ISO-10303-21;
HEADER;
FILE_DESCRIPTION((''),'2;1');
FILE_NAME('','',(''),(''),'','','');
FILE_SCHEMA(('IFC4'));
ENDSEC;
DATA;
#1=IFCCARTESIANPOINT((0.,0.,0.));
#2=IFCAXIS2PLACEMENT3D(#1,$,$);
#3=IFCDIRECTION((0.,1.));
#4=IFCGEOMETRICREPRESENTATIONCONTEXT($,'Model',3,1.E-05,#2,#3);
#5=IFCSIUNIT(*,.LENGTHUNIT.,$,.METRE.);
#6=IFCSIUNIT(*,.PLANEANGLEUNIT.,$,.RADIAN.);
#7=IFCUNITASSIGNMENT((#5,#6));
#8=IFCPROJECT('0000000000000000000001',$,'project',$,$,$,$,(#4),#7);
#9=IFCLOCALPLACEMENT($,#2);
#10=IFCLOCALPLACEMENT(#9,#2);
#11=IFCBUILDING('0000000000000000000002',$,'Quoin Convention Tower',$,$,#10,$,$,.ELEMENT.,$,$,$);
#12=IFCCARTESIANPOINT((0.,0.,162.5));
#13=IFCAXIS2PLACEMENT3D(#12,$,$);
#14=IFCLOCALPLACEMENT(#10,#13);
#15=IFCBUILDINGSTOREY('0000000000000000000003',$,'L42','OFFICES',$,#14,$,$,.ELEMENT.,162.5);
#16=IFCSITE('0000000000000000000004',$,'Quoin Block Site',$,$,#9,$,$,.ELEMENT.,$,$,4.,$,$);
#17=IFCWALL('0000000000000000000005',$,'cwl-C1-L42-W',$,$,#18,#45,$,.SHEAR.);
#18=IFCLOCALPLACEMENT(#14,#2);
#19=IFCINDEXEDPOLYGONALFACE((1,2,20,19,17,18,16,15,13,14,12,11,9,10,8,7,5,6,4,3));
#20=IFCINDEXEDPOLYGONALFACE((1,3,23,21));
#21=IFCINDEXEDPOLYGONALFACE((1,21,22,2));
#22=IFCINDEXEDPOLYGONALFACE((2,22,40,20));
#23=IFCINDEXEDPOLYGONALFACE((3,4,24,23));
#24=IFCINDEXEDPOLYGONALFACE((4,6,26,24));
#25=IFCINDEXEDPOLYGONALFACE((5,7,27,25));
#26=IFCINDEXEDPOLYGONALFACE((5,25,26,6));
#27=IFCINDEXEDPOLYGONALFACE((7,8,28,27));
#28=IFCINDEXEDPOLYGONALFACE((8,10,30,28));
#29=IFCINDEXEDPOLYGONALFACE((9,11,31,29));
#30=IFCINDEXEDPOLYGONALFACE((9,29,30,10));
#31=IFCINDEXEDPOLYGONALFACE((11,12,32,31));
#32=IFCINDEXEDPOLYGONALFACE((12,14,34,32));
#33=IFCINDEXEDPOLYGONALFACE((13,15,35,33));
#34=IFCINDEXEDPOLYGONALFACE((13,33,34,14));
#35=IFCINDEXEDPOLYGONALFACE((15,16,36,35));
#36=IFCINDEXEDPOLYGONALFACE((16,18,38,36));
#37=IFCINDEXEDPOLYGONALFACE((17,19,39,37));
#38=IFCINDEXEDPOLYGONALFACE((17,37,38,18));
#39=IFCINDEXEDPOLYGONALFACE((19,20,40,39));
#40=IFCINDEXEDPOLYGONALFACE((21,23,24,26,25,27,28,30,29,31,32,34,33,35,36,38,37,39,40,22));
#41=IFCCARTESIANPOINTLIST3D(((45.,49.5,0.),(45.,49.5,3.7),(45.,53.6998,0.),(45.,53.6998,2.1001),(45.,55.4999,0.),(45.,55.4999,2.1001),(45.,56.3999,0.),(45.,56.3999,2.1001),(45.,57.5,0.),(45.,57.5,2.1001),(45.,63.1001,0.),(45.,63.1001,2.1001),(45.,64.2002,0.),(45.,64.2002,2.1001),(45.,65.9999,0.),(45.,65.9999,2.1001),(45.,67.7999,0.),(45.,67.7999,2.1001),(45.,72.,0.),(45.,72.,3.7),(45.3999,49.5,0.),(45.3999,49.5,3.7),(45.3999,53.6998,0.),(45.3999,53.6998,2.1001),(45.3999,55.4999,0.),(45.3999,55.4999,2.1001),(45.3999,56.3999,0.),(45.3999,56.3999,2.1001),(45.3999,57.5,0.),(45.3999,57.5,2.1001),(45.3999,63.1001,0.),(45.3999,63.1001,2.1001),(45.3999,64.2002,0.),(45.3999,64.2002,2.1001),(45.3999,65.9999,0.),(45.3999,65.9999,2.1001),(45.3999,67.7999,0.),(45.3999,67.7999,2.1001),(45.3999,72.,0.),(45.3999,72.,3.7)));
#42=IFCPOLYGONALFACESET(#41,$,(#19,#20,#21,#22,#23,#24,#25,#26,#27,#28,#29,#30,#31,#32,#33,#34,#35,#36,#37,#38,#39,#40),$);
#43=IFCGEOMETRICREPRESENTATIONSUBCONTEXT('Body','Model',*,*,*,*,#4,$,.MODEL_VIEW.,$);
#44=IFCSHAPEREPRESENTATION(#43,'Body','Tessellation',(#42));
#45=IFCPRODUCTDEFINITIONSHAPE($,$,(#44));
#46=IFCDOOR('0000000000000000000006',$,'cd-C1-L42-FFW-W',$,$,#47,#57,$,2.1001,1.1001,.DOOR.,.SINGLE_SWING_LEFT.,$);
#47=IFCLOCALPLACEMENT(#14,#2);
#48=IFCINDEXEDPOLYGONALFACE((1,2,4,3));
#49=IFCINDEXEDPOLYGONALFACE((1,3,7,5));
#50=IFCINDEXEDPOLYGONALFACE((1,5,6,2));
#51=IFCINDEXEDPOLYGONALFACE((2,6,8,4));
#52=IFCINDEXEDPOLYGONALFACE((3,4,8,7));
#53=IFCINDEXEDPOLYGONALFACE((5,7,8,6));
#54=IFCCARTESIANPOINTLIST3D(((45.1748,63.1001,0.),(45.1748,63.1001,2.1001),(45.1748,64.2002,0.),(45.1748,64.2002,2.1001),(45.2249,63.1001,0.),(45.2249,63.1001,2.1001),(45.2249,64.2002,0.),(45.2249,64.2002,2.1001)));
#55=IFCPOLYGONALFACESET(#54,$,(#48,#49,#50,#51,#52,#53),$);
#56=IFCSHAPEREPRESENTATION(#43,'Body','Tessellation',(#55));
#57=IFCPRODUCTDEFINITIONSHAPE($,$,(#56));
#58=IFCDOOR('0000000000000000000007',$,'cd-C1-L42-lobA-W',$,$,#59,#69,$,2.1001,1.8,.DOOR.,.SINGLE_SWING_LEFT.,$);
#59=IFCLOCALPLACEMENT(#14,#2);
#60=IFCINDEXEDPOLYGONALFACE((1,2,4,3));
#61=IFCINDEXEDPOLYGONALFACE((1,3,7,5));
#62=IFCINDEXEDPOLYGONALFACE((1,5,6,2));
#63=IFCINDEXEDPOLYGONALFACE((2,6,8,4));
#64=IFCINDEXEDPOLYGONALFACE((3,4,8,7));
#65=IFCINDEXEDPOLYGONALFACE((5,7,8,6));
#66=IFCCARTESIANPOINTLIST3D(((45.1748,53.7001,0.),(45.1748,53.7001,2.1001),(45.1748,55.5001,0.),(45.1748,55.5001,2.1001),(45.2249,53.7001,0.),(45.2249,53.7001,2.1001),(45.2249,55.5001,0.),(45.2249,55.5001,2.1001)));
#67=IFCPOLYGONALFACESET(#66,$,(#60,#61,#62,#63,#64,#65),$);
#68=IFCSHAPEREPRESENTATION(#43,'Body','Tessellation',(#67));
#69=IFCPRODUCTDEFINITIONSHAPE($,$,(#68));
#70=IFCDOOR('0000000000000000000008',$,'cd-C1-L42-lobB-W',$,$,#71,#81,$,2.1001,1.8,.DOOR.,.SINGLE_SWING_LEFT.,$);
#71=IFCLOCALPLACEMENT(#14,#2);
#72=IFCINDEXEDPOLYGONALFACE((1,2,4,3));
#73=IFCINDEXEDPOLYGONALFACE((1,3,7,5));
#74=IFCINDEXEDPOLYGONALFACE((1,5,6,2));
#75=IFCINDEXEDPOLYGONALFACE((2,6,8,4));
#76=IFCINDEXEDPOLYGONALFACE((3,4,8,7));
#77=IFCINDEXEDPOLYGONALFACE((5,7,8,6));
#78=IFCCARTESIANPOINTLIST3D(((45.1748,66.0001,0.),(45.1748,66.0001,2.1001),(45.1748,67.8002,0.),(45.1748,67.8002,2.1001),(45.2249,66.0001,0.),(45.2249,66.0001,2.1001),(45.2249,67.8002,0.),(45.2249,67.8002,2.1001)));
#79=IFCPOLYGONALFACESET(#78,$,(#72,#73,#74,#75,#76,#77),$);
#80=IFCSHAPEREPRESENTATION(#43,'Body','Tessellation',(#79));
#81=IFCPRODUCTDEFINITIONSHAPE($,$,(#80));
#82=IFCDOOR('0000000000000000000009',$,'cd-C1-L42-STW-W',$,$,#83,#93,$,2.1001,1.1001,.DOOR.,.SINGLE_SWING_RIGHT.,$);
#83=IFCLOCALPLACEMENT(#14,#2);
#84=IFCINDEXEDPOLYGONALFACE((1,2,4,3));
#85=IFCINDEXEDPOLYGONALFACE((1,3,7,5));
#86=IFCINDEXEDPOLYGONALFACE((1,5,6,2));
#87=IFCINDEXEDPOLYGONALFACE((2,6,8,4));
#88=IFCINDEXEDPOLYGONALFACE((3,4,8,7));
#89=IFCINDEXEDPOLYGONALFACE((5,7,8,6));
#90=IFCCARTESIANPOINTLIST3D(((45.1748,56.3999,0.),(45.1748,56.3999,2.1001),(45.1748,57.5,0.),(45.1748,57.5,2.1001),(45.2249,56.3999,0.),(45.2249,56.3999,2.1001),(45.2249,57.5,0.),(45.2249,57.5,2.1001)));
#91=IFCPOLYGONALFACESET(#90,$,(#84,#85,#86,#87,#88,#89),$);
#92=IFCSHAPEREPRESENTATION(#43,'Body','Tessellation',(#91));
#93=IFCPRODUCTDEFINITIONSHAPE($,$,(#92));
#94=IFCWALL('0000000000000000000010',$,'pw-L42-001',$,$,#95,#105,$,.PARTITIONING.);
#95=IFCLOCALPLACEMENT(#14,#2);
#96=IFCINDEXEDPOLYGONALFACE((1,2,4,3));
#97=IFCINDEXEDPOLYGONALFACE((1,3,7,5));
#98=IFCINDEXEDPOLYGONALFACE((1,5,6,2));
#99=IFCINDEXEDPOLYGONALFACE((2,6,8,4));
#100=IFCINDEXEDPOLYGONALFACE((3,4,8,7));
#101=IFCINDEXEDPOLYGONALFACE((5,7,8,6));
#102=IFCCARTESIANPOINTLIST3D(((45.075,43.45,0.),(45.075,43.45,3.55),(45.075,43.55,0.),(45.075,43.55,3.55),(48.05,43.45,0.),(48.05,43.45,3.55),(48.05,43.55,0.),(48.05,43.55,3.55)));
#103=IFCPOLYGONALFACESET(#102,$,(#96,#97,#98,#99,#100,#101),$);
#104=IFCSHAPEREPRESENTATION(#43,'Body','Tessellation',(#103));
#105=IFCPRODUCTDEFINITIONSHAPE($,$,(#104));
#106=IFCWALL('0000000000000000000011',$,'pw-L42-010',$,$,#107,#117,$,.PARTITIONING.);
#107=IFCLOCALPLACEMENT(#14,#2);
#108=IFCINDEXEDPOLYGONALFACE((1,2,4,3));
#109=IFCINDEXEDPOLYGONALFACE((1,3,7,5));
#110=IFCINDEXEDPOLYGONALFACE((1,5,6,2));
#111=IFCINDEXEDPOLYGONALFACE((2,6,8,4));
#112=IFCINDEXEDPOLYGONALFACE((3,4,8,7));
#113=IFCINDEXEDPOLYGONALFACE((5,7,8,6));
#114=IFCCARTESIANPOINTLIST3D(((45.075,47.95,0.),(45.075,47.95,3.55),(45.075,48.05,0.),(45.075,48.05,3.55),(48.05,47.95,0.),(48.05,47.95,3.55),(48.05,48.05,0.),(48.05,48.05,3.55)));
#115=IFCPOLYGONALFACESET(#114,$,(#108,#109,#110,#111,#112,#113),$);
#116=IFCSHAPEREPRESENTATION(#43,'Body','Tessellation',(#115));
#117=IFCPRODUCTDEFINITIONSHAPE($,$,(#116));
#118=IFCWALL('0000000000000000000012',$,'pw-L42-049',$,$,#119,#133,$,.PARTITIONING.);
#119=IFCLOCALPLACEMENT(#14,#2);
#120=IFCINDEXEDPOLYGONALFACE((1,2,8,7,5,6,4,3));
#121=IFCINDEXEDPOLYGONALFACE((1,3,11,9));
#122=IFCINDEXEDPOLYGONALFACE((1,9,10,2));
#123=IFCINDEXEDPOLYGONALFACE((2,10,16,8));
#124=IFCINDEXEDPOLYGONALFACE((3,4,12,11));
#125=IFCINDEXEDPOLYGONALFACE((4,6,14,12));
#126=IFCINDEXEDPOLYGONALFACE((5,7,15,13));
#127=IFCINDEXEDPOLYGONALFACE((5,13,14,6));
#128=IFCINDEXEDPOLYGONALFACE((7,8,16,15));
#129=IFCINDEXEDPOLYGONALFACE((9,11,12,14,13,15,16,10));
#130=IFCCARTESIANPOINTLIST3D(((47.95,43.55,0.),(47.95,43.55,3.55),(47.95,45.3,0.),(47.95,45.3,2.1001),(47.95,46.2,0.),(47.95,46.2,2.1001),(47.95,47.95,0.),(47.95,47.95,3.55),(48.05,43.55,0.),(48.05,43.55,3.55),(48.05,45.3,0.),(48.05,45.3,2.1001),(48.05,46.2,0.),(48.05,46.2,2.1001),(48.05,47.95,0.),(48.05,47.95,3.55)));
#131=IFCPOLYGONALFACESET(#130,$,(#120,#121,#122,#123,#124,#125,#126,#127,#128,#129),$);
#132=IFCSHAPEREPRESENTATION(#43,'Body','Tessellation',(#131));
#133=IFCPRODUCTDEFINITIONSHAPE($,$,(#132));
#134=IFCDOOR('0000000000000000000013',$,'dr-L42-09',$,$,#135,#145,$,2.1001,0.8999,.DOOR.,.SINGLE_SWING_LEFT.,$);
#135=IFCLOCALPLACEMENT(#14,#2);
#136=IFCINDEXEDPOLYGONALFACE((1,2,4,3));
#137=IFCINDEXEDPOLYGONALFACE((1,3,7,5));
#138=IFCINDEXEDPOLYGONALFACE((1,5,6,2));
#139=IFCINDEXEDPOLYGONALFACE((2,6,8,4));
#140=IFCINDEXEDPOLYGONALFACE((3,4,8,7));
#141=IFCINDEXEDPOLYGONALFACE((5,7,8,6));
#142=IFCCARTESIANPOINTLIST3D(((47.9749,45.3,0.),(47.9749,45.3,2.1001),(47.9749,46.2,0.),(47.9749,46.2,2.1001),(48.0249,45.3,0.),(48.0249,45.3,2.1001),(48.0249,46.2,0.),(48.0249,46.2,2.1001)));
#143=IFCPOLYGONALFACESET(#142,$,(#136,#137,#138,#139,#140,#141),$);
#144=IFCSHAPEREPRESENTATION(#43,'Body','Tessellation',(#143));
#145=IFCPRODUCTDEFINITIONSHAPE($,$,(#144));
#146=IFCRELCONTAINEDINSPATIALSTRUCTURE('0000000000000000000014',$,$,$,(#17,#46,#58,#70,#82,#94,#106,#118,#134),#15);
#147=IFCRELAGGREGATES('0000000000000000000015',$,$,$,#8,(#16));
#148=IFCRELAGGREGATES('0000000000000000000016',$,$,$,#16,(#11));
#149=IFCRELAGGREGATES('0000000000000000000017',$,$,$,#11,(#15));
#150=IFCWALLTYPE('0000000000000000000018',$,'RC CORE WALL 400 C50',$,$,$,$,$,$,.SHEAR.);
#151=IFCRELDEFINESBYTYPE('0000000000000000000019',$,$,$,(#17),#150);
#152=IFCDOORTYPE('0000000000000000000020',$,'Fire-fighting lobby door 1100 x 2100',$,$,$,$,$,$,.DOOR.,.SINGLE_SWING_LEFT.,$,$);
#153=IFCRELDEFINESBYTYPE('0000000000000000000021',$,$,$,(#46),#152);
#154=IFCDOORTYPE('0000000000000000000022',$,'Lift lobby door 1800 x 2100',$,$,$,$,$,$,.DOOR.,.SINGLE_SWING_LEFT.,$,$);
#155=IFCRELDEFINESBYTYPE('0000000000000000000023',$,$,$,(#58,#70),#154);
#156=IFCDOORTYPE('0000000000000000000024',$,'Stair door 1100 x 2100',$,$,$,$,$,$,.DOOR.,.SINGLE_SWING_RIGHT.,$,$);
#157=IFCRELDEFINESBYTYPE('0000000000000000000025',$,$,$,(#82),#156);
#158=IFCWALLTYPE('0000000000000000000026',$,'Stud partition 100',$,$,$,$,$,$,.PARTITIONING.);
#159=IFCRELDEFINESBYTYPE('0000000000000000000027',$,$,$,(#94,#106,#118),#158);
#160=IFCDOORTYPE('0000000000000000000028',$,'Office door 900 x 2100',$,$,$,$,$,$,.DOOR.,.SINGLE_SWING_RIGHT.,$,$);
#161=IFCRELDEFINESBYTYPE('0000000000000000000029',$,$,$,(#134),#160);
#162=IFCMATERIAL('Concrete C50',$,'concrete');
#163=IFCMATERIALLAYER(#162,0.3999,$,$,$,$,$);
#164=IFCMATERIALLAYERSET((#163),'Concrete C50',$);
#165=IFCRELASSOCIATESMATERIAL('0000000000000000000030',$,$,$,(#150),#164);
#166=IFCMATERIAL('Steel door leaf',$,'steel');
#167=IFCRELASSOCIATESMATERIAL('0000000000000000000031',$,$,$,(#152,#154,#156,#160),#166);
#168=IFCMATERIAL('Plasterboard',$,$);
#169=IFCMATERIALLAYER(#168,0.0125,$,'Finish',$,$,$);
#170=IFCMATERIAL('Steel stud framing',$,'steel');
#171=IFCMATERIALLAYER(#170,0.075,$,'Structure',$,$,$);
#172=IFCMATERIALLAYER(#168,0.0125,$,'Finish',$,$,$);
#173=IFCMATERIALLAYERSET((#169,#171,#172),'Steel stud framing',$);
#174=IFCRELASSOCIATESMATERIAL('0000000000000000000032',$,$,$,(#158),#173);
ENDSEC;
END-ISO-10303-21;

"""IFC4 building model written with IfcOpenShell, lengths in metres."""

from ifc_helpers import new_model, si_unit, direction, frame, frame_2d, origin, place, context, subcontext, project, spatial, rectangle, extrude, material, layer, layer_set, type_object, element, fill, save


model = new_model("IFC4")

# Units and contexts
model_context = context("Model", 3, precision=1e-05, world=origin(), true_north=direction((0.0, 1.0)))
body_context = subcontext(model_context, "Body", "Model", "MODEL_VIEW")
ifc_project = project(units=[si_unit("LENGTHUNIT", "METRE"), si_unit("PLANEANGLEUNIT", "RADIAN")], contexts=[model_context])

# Site, building, storey
site_placement = place(None, origin())
site = spatial("IfcSite", under=ifc_project, at=site_placement, Name="Quoin Block Site", CompositionType="ELEMENT", RefElevation=4.0)
building_placement = place(site_placement, origin())
building = spatial("IfcBuilding", under=site, at=building_placement, Name="Quoin Convention Tower", CompositionType="ELEMENT")
storey_placement = place(building_placement, frame((0.0, 0.0, 162.5)))
storey = spatial("IfcBuildingStorey", under=building, at=storey_placement, Name="L42", Description="OFFICES", CompositionType="ELEMENT", Elevation=162.5)

# Shared definitions
ifc_material_1 = material(Name="Plasterboard")
ifc_material_2 = material(Name="Steel stud framing", Category="steel")

# Shared definitions
ifc_material_3 = material(Name="Steel door leaf", Category="steel")

# Shared definitions
ifc_material_4 = material(Name="Concrete C50", Category="concrete")
ifc_layer_1 = layer(ifc_material_4, 0.3999)
ifc_layer_set_1 = layer_set([ifc_layer_1], Name="Concrete C50")
wall_type_1 = type_object("IfcWallType", Name="RC CORE WALL 400 C50", PredefinedType="SHEAR", material=ifc_layer_set_1)

# Wall, openings, doors
wall_1_placement = place(storey_placement, frame((45.2, 49.5, 0.0), z_axis=(0.0, 0.0, 1.0), x_axis=(0.0, 1.0, 0.0)))
wall_1 = element("IfcWall", 1, at=wall_1_placement, inside=storey, type_object=wall_type_1, Name="cwl-C1-L42-W", PredefinedType="SHEAR", context=body_context, shape_type="SweptSolid", body=[
    extrude(rectangle(XDim=22.5, YDim=0.3999, at=frame_2d((11.25, 0.0))), origin(), (0.0, 0.0, 1.0), 3.7),
])
opening_1_placement = place(wall_1_placement, frame((4.2, 0.0, 0.0)))
opening_1 = element("IfcOpeningElement", 2, at=opening_1_placement, cuts=wall_1, PredefinedType="OPENING", context=body_context, shape_type="SweptSolid", body=[
    extrude(rectangle(XDim=1.8, YDim=2.1001, at=frame_2d((0.8999, 1.05))), frame((0.0, 0.21, 0.0), z_axis=(0.0, -1.0, 0.0), x_axis=(1.0, 0.0, 0.0)), (0.0, 0.0, 1.0), 0.4199),
])
opening_2_placement = place(wall_1_placement, frame((6.8999, 0.0, 0.0)))
opening_2 = element("IfcOpeningElement", 3, at=opening_2_placement, cuts=wall_1, PredefinedType="OPENING", context=body_context, shape_type="SweptSolid", body=[
    extrude(rectangle(XDim=1.1001, YDim=2.1001, at=frame_2d((0.55, 1.05))), frame((0.0, 0.21, 0.0), z_axis=(0.0, -1.0, 0.0), x_axis=(1.0, 0.0, 0.0)), (0.0, 0.0, 1.0), 0.4199),
])
opening_3_placement = place(wall_1_placement, frame((13.6001, 0.0, 0.0)))
opening_3 = element("IfcOpeningElement", 4, at=opening_3_placement, cuts=wall_1, PredefinedType="OPENING", context=body_context, shape_type="SweptSolid", body=[
    extrude(rectangle(XDim=1.1001, YDim=2.1001, at=frame_2d((0.55, 1.05))), frame((0.0, 0.21, 0.0), z_axis=(0.0, -1.0, 0.0), x_axis=(1.0, 0.0, 0.0)), (0.0, 0.0, 1.0), 0.4199),
])
opening_4_placement = place(wall_1_placement, frame((16.5, 0.0, 0.0)))
opening_4 = element("IfcOpeningElement", 5, at=opening_4_placement, cuts=wall_1, PredefinedType="OPENING", context=body_context, shape_type="SweptSolid", body=[
    extrude(rectangle(XDim=1.8, YDim=2.1001, at=frame_2d((0.8999, 1.05))), frame((0.0, 0.21, 0.0), z_axis=(0.0, -1.0, 0.0), x_axis=(1.0, 0.0, 0.0)), (0.0, 0.0, 1.0), 0.4199),
])
door_type_1 = type_object("IfcDoorType", Name="Fire-fighting lobby door 1100 x 2100", OperationType="SINGLE_SWING_LEFT", PredefinedType="DOOR", material=ifc_material_3)
door_1_placement = place(opening_3_placement, frame((1.1001, 0.0, 0.0), z_axis=(0.0, 0.0, 1.0), x_axis=(-1.0, 0.0, 0.0)))
door_1 = element("IfcDoor", 6, at=door_1_placement, inside=storey, type_object=door_type_1, Name="cd-C1-L42-FFW-W", OperationType="SINGLE_SWING_LEFT", OverallHeight=2.1001, OverallWidth=1.1001, PredefinedType="DOOR", context=body_context, shape_type="SweptSolid", body=[
    extrude(rectangle(XDim=1.1001, YDim=2.1001, at=frame_2d((0.55, 1.05))), frame((0.0, 0.0249, 0.0), z_axis=(0.0, -1.0, 0.0), x_axis=(1.0, 0.0, 0.0)), (0.0, 0.0, 1.0), 0.05),
])
fill(opening_3, door_1)
door_type_2 = type_object("IfcDoorType", Name="Lift lobby door 1800 x 2100", OperationType="SINGLE_SWING_LEFT", PredefinedType="DOOR", material=ifc_material_3)
door_2_placement = place(opening_1_placement, frame((1.8, 0.0, 0.0), z_axis=(0.0, 0.0, 1.0), x_axis=(-1.0, 0.0, 0.0)))
door_2 = element("IfcDoor", 7, at=door_2_placement, inside=storey, type_object=door_type_2, Name="cd-C1-L42-lobA-W", OperationType="SINGLE_SWING_LEFT", OverallHeight=2.1001, OverallWidth=1.8, PredefinedType="DOOR", context=body_context, shape_type="SweptSolid", body=[
    extrude(rectangle(XDim=1.8, YDim=2.1001, at=frame_2d((0.8999, 1.05))), frame((0.0, 0.0249, 0.0), z_axis=(0.0, -1.0, 0.0), x_axis=(1.0, 0.0, 0.0)), (0.0, 0.0, 1.0), 0.05),
])
fill(opening_1, door_2)
door_3_placement = place(opening_4_placement, frame((1.8, 0.0, 0.0), z_axis=(0.0, 0.0, 1.0), x_axis=(-1.0, 0.0, 0.0)))
door_3 = element("IfcDoor", 8, at=door_3_placement, inside=storey, type_object=door_type_2, Name="cd-C1-L42-lobB-W", OperationType="SINGLE_SWING_LEFT", OverallHeight=2.1001, OverallWidth=1.8, PredefinedType="DOOR", context=body_context, shape_type="SweptSolid", body=[
    extrude(rectangle(XDim=1.8, YDim=2.1001, at=frame_2d((0.8999, 1.05))), frame((0.0, 0.0249, 0.0), z_axis=(0.0, -1.0, 0.0), x_axis=(1.0, 0.0, 0.0)), (0.0, 0.0, 1.0), 0.05),
])
fill(opening_4, door_3)
door_type_3 = type_object("IfcDoorType", Name="Stair door 1100 x 2100", OperationType="SINGLE_SWING_RIGHT", PredefinedType="DOOR", material=ifc_material_3)
door_4_placement = place(opening_2_placement, frame((1.1001, 0.0, 0.0), z_axis=(0.0, 0.0, 1.0), x_axis=(-1.0, 0.0, 0.0)))
door_4 = element("IfcDoor", 9, at=door_4_placement, inside=storey, type_object=door_type_3, Name="cd-C1-L42-STW-W", OperationType="SINGLE_SWING_RIGHT", OverallHeight=2.1001, OverallWidth=1.1001, PredefinedType="DOOR", context=body_context, shape_type="SweptSolid", body=[
    extrude(rectangle(XDim=1.1001, YDim=2.1001, at=frame_2d((0.55, 1.05))), frame((0.0, 0.0249, 0.0), z_axis=(0.0, -1.0, 0.0), x_axis=(1.0, 0.0, 0.0)), (0.0, 0.0, 1.0), 0.05),
])
fill(opening_2, door_4)

# Walls
ifc_layer_2 = layer(ifc_material_1, 0.0125, Name="Finish")
ifc_layer_3 = layer(ifc_material_2, 0.075, Name="Structure")
ifc_layer_4 = layer(ifc_material_1, 0.0125, Name="Finish")
ifc_layer_set_2 = layer_set([ifc_layer_2, ifc_layer_3, ifc_layer_4], Name="Steel stud framing")
wall_type_2 = type_object("IfcWallType", Name="Stud partition 100", PredefinedType="PARTITIONING", material=ifc_layer_set_2)
for number, where, z_axis, x_axis, name in (
    (10, (45.075, 43.5, 0.0), (0.0, 0.0, 1.0), (1.0, 0.0, 0.0), "pw-L42-001"),
    (11, (45.075, 48.0, 0.0), (0.0, 0.0, 1.0), (1.0, 0.0, 0.0), "pw-L42-010"),
):
    element("IfcWall", number, at=place(storey_placement, frame(where, z_axis=z_axis, x_axis=x_axis)), inside=storey, type_object=wall_type_2, Name=name, PredefinedType="PARTITIONING", context=body_context, shape_type="SweptSolid", body=[
        extrude(rectangle(XDim=2.9751, YDim=0.1001, at=frame_2d((1.4875, 0.0))), origin(), (0.0, 0.0, 1.0), 3.55),
    ])

# Wall, opening, door
wall_2_placement = place(storey_placement, frame((48.0, 43.55, 0.0), z_axis=(0.0, 0.0, 1.0), x_axis=(0.0, 1.0, 0.0)))
wall_2 = element("IfcWall", 12, at=wall_2_placement, inside=storey, type_object=wall_type_2, Name="pw-L42-049", PredefinedType="PARTITIONING", context=body_context, shape_type="SweptSolid", body=[
    extrude(rectangle(XDim=4.3999, YDim=0.1001, at=frame_2d((2.2, 0.0))), origin(), (0.0, 0.0, 1.0), 3.55),
])
opening_5_placement = place(wall_2_placement, frame((1.75, 0.0, 0.0)))
opening_5 = element("IfcOpeningElement", 13, at=opening_5_placement, cuts=wall_2, PredefinedType="OPENING", context=body_context, shape_type="SweptSolid", body=[
    extrude(rectangle(XDim=0.8999, YDim=2.1001, at=frame_2d((0.45, 1.05))), frame((0.0, 0.0601, 0.0), z_axis=(0.0, -1.0, 0.0), x_axis=(1.0, 0.0, 0.0)), (0.0, 0.0, 1.0), 0.1201),
])
door_type_4 = type_object("IfcDoorType", Name="Office door 900 x 2100", OperationType="SINGLE_SWING_RIGHT", PredefinedType="DOOR", material=ifc_material_3)
door_5_placement = place(opening_5_placement, frame((0.8999, 0.0, 0.0), z_axis=(0.0, 0.0, 1.0), x_axis=(-1.0, 0.0, 0.0)))
door_5 = element("IfcDoor", 14, at=door_5_placement, inside=storey, type_object=door_type_4, Name="dr-L42-09", OperationType="SINGLE_SWING_LEFT", OverallHeight=2.1001, OverallWidth=0.8999, PredefinedType="DOOR", context=body_context, shape_type="SweptSolid", body=[
    extrude(rectangle(XDim=0.8999, YDim=2.1001, at=frame_2d((0.45, 1.05))), frame((0.0, 0.0249, 0.0), z_axis=(0.0, -1.0, 0.0), x_axis=(1.0, 0.0, 0.0)), (0.0, 0.0, 1.0), 0.05),
])
fill(opening_5, door_5)

save(model, "model.ifc")
